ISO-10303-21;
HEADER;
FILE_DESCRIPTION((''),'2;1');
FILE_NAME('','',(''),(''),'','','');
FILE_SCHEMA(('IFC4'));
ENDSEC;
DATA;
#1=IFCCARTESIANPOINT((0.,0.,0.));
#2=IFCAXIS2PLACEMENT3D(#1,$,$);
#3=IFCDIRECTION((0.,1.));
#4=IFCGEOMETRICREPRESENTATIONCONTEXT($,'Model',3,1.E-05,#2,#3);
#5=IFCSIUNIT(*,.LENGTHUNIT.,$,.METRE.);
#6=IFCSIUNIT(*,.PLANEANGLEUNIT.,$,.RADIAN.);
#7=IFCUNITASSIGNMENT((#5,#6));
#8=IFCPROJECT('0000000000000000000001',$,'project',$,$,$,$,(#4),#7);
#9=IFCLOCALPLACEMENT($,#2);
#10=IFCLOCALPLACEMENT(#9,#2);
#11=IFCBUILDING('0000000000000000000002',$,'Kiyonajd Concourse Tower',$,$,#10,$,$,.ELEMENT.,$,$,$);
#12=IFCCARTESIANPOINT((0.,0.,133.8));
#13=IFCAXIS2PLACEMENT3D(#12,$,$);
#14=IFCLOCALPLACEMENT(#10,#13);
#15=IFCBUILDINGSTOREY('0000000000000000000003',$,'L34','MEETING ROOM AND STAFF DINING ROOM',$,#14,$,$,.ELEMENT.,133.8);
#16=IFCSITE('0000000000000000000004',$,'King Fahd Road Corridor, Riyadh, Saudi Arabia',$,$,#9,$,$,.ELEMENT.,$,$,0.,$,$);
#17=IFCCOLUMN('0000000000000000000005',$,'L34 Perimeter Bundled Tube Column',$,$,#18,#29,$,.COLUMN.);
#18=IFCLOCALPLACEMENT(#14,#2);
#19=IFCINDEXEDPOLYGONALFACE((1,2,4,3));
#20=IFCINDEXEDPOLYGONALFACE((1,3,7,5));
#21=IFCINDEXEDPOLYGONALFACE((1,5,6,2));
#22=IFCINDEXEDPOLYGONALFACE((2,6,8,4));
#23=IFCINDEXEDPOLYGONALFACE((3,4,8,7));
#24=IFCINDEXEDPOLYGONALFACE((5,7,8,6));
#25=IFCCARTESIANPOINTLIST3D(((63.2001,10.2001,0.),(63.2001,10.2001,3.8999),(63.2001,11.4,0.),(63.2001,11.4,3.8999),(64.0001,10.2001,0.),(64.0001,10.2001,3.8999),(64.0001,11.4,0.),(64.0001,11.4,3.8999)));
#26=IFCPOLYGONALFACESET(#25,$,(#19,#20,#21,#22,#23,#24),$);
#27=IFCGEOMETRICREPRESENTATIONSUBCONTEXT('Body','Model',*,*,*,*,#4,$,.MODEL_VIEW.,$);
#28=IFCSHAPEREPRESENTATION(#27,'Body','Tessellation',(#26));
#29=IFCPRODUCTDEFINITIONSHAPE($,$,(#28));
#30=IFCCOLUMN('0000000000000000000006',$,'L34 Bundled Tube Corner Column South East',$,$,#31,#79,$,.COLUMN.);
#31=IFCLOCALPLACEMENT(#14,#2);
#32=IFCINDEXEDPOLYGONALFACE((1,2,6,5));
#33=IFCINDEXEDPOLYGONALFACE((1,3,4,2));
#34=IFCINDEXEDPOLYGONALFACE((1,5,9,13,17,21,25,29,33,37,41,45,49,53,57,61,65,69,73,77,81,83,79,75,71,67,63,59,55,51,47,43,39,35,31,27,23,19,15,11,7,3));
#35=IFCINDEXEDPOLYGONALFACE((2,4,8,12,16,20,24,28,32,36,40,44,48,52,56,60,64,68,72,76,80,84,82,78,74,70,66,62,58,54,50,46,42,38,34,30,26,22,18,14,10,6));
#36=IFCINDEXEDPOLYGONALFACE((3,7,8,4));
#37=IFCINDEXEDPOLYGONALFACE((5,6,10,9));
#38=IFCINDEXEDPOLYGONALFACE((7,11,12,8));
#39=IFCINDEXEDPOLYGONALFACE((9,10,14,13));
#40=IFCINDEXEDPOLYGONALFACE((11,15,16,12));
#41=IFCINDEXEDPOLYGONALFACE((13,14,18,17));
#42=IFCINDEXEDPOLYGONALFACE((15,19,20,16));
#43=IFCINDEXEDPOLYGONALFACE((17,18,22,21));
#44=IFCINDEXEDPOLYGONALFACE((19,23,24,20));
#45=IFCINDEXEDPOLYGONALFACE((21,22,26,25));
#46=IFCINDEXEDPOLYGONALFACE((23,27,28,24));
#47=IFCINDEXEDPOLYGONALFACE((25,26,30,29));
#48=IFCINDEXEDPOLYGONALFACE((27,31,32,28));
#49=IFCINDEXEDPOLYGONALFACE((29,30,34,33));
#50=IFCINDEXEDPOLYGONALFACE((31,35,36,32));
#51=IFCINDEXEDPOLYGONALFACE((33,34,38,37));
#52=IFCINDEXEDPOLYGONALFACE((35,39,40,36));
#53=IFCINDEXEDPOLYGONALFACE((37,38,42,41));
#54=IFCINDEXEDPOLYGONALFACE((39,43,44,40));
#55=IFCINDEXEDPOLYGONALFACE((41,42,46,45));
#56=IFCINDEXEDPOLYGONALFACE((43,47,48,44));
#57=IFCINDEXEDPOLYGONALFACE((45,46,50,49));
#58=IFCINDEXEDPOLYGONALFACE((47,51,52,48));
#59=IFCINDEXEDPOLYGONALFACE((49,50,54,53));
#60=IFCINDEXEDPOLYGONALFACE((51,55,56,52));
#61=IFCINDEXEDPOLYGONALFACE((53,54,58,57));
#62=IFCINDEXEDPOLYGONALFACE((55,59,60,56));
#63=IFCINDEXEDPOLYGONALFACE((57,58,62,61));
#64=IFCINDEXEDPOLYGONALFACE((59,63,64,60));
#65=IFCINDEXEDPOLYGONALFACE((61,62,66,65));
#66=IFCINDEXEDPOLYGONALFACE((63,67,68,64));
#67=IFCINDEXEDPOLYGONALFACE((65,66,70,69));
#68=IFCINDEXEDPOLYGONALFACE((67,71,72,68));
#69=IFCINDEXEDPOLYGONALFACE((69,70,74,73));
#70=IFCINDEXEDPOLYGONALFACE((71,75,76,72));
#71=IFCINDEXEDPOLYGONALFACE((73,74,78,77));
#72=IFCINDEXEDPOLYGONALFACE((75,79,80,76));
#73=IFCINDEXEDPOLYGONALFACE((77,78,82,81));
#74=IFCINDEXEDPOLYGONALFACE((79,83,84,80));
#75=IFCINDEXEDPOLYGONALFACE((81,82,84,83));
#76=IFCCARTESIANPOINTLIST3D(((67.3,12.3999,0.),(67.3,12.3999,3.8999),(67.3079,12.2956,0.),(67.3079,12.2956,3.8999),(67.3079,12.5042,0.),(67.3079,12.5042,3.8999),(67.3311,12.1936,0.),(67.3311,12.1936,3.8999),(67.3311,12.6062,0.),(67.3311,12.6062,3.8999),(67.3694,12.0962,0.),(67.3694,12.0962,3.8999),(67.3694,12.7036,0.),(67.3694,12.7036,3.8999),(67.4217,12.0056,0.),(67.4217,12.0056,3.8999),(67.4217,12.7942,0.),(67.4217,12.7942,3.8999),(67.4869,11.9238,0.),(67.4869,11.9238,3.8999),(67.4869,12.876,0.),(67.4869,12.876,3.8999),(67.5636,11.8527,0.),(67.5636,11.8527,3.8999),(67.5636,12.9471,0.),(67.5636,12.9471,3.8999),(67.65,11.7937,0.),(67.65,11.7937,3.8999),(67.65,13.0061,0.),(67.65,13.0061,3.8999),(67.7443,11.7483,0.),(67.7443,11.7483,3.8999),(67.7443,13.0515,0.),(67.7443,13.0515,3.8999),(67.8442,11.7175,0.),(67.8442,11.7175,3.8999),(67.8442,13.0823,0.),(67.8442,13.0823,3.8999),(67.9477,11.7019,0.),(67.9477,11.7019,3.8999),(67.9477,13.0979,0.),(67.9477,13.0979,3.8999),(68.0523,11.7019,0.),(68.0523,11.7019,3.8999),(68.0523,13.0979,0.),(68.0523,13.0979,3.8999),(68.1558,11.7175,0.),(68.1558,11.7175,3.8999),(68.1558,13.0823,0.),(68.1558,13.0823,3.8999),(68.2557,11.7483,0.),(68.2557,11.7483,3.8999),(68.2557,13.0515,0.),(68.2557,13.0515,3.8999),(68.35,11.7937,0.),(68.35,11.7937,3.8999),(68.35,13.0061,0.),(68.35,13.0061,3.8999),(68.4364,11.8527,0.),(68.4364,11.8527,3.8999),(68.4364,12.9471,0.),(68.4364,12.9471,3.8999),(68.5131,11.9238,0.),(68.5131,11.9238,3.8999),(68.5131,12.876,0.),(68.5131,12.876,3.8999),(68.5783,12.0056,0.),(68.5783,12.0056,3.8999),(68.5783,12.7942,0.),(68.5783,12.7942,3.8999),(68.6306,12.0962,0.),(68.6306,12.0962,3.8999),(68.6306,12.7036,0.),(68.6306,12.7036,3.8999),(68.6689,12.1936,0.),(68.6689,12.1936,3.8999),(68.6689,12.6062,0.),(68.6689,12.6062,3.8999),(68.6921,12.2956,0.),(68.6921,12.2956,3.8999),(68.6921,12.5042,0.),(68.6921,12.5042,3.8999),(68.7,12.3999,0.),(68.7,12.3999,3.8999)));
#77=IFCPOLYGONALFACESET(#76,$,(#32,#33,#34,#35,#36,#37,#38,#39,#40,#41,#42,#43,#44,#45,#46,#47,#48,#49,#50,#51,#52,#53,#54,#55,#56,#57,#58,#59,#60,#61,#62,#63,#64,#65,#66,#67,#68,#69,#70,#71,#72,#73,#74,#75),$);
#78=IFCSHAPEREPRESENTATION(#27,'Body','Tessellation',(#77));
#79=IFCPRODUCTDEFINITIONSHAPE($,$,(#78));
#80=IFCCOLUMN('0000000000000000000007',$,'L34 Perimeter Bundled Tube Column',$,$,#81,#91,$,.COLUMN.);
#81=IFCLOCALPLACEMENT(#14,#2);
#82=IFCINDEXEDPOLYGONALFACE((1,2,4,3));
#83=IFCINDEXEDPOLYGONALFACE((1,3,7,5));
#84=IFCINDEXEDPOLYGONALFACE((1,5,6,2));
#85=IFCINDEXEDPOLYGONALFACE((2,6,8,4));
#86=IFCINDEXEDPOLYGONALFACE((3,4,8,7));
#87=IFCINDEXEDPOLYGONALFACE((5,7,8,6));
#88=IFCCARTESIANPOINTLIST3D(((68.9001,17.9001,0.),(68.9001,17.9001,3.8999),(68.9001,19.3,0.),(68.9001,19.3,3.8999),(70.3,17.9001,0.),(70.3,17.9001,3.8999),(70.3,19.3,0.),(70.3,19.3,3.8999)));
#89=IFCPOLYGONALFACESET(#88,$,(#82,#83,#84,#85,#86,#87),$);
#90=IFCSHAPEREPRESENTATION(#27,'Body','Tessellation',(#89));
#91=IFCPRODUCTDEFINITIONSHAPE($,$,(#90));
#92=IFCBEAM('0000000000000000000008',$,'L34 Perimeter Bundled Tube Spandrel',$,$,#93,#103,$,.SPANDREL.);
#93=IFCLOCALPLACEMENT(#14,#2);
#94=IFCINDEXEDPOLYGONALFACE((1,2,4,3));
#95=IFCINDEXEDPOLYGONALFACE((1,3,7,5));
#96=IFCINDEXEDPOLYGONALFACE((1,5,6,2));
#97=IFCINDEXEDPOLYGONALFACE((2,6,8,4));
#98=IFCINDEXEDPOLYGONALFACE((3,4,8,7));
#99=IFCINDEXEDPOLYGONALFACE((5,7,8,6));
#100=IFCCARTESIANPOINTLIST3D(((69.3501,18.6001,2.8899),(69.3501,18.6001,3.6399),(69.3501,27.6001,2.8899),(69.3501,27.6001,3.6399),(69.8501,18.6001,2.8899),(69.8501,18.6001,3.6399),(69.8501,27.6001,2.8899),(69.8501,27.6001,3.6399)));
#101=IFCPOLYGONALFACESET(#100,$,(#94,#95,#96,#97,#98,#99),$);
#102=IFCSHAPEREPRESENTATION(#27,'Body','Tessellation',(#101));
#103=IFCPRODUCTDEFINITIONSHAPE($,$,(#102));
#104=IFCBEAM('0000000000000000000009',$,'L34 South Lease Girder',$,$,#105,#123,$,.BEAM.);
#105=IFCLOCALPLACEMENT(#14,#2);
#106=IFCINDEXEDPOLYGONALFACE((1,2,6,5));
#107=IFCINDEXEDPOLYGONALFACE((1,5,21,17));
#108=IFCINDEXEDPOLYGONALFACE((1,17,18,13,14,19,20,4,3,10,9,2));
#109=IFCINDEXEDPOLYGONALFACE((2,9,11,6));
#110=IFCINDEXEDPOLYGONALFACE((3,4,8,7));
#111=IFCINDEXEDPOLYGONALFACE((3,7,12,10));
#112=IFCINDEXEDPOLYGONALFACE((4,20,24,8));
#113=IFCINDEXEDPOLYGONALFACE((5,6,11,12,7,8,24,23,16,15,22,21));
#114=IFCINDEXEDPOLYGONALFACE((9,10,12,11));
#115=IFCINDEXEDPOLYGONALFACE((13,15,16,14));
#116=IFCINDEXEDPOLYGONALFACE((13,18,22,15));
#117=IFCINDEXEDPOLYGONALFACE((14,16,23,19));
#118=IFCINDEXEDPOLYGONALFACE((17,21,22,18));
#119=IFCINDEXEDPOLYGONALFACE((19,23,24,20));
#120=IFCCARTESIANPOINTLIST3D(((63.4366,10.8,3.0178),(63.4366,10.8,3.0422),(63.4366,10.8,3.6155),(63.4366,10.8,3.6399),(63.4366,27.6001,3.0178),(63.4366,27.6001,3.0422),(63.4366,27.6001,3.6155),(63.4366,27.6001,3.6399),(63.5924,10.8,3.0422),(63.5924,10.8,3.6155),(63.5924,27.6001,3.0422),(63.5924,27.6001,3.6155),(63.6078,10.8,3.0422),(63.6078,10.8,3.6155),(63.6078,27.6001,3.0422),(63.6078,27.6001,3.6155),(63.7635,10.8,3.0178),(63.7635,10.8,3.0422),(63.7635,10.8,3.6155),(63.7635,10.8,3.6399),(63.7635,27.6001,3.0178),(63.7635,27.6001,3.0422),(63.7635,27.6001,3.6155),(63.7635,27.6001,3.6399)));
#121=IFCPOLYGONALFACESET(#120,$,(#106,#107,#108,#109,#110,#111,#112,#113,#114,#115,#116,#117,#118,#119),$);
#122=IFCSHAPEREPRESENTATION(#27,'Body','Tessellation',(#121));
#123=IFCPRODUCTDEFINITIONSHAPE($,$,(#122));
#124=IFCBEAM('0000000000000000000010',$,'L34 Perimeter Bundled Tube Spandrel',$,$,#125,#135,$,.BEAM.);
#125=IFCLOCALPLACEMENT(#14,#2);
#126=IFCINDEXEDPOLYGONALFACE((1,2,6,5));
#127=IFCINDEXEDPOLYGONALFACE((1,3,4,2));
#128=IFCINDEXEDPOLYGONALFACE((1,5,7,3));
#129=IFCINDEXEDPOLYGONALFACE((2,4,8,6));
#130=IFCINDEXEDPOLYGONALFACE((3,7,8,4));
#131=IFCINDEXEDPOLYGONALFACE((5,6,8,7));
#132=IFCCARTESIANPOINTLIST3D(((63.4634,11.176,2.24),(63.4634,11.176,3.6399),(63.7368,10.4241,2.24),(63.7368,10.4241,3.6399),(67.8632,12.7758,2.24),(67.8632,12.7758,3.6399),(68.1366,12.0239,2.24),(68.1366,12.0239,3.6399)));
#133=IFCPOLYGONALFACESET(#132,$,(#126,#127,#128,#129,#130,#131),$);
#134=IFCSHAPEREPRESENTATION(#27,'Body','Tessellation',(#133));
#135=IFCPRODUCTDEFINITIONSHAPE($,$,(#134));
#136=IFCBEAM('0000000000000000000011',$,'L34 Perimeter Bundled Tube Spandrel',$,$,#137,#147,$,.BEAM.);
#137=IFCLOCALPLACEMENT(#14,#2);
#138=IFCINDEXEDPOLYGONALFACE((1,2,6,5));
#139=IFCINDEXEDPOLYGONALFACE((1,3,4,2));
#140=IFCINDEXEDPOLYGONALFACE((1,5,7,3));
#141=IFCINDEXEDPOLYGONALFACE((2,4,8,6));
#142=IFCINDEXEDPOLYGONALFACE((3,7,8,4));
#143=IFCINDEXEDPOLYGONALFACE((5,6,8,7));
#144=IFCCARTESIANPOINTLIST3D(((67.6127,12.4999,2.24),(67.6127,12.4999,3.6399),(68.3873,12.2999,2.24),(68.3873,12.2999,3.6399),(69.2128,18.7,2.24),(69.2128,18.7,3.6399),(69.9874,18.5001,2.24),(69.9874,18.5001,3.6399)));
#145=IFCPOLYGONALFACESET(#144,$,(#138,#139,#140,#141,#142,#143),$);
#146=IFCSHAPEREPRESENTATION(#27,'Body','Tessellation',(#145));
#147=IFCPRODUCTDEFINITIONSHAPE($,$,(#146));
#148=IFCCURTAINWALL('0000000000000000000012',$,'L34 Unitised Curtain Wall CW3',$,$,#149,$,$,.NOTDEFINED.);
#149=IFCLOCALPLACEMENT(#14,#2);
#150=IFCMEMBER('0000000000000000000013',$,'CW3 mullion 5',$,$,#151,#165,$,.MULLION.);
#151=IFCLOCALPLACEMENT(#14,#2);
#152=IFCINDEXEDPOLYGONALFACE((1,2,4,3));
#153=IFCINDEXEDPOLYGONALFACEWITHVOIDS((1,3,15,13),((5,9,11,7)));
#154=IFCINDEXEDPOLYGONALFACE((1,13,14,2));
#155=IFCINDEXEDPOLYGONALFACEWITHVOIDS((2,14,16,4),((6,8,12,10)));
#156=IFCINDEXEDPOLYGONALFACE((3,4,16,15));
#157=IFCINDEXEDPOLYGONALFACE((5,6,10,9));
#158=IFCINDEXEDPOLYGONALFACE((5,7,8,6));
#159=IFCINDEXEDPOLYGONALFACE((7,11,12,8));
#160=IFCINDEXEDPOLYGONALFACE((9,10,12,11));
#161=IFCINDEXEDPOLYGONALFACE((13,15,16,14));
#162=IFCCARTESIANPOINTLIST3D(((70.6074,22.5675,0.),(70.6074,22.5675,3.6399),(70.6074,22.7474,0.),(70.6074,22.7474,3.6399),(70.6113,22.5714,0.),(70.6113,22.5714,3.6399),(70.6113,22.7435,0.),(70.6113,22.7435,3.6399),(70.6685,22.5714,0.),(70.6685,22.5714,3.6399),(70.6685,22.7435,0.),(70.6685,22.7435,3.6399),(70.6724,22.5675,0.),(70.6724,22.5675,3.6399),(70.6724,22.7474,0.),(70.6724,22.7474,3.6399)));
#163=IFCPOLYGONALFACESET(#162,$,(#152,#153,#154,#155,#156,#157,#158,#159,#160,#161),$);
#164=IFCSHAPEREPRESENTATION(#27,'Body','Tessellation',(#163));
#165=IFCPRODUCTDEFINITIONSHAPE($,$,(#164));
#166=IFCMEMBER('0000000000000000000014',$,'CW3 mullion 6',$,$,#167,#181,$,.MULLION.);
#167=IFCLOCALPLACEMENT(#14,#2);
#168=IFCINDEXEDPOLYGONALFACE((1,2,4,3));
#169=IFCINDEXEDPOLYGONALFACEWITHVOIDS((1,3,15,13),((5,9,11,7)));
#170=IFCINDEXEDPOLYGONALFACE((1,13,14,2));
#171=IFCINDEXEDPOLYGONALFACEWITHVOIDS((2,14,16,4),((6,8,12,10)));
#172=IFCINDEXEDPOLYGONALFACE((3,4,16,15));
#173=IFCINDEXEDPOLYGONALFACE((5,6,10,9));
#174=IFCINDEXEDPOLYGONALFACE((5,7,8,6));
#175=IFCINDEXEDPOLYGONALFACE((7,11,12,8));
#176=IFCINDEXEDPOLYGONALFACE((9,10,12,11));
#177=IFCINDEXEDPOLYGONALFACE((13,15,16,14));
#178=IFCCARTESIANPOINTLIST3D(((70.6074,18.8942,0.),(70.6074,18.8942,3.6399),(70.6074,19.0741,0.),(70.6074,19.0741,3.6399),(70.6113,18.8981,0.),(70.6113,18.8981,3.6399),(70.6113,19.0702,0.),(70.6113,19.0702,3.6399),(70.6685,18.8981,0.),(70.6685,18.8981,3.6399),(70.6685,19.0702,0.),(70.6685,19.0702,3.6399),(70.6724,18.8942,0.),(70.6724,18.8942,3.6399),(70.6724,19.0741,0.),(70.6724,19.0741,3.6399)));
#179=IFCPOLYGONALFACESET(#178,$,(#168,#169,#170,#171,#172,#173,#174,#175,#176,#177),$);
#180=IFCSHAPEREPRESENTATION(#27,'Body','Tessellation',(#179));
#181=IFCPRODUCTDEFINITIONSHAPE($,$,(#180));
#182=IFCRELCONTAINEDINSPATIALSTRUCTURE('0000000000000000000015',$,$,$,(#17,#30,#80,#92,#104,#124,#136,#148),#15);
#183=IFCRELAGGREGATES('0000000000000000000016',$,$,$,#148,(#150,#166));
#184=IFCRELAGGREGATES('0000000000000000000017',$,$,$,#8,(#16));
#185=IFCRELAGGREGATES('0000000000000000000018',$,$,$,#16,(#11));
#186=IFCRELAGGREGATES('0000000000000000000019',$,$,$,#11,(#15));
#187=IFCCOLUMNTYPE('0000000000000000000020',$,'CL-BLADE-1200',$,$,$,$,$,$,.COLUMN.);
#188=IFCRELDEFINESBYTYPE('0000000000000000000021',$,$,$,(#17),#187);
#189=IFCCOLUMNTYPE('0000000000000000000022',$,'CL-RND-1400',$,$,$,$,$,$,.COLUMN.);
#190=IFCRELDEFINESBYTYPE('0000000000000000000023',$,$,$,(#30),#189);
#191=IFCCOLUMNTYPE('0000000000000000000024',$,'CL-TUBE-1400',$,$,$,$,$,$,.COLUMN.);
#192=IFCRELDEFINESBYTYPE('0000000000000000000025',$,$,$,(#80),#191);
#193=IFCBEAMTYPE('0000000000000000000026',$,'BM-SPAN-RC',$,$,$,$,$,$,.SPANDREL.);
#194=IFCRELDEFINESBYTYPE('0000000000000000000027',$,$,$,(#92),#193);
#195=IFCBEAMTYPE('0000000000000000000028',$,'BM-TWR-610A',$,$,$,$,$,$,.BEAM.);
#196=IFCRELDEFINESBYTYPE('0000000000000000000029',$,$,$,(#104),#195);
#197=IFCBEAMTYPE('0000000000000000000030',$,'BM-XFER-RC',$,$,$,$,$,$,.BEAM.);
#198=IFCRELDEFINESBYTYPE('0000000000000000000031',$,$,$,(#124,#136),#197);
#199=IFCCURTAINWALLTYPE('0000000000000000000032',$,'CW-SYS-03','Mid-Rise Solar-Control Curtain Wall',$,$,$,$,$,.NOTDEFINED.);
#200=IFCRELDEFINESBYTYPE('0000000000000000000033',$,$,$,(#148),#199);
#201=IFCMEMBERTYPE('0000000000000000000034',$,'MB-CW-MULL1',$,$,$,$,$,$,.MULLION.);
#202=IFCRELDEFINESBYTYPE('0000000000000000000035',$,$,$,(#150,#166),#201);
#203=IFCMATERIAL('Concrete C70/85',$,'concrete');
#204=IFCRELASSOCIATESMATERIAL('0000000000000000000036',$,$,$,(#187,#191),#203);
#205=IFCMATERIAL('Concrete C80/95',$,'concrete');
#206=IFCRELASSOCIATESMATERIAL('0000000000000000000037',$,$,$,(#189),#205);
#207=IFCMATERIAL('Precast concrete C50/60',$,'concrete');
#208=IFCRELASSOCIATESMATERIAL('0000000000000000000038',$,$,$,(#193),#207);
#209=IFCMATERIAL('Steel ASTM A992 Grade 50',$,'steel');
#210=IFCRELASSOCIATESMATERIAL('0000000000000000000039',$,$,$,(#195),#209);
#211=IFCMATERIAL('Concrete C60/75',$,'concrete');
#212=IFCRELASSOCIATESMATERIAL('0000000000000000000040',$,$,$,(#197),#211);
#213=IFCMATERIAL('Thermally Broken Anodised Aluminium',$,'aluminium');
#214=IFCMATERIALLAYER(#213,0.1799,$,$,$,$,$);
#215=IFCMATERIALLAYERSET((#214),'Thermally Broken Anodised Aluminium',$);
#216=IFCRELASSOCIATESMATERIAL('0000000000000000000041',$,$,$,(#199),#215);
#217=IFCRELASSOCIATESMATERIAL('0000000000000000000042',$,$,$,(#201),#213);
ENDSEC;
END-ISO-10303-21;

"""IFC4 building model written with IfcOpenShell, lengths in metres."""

from ifc_helpers import new_model, si_unit, direction, frame, origin, origin_2d, place, context, subcontext, project, spatial, rectangle, hollow_rectangle, circle, i_section, extrude, material, layer, layer_set, material_profile, profile_set, type_object, element, aggregate, save


model = new_model("IFC4")

# Units and contexts
model_context = context("Model", 3, precision=1e-05, world=origin(), true_north=direction((0.0, 1.0)))
body_context = subcontext(model_context, "Body", "Model", "MODEL_VIEW")
ifc_project = project(units=[si_unit("LENGTHUNIT", "METRE"), si_unit("PLANEANGLEUNIT", "RADIAN")], contexts=[model_context])

# Site, building, storey
site_placement = place(None, origin())
site = spatial("IfcSite", under=ifc_project, at=site_placement, Name="King Fahd Road Corridor, Riyadh, Saudi Arabia", CompositionType="ELEMENT", RefElevation=0.0)
building_placement = place(site_placement, origin())
building = spatial("IfcBuilding", under=site, at=building_placement, Name="Kiyonajd Concourse Tower", CompositionType="ELEMENT")
storey_placement = place(building_placement, frame((0.0, 0.0, 133.8)))
storey = spatial("IfcBuildingStorey", under=building, at=storey_placement, Name="L34", Description="MEETING ROOM AND STAFF DINING ROOM", CompositionType="ELEMENT", Elevation=133.8)

# Columns
ifc_material_1 = material(Name="Concrete C70/85", Category="concrete")
ifc_material_profile_1 = material_profile(ifc_material_1, rectangle(XDim=0.8, YDim=1.2, at=origin_2d()), Name="RC-1200x800")
ifc_profile_set_1 = profile_set([ifc_material_profile_1], Name="Concrete C70/85")
column_type_1 = type_object("IfcColumnType", Name="CL-BLADE-1200", PredefinedType="COLUMN", material=ifc_profile_set_1)
column_1_placement = place(storey_placement, frame((63.6001, 10.8, 0.0), z_axis=(0.0, 0.0, 1.0), x_axis=(1.0, 0.0, 0.0)))
element("IfcColumn", 1, at=column_1_placement, inside=storey, type_object=column_type_1, Name="L34 Perimeter Bundled Tube Column", PredefinedType="COLUMN", context=body_context, shape_type="SweptSolid", body=[
    extrude(rectangle(XDim=0.8, YDim=1.2, at=origin_2d()), origin(), (0.0, 0.0, 1.0), 3.8999),
])
ifc_material_2 = material(Name="Concrete C80/95", Category="concrete")
ifc_material_profile_2 = material_profile(ifc_material_2, circle(Radius=0.7, at=origin_2d()), Name="RCC-D1400")
ifc_profile_set_2 = profile_set([ifc_material_profile_2], Name="Concrete C80/95")
column_type_2 = type_object("IfcColumnType", Name="CL-RND-1400", PredefinedType="COLUMN", material=ifc_profile_set_2)
column_2_placement = place(storey_placement, frame((68.0, 12.3999, 0.0), z_axis=(0.0, 0.0, 1.0), x_axis=(1.0, 0.0, 0.0)))
element("IfcColumn", 2, at=column_2_placement, inside=storey, type_object=column_type_2, Name="L34 Bundled Tube Corner Column South East", PredefinedType="COLUMN", context=body_context, shape_type="SweptSolid", body=[
    extrude(circle(Radius=0.7, at=origin_2d()), origin(), (0.0, 0.0, 1.0), 3.8999),
])
ifc_material_profile_3 = material_profile(ifc_material_1, rectangle(XDim=1.3999, YDim=1.3999, at=origin_2d()), Name="RC-1400x1400")
ifc_profile_set_3 = profile_set([ifc_material_profile_3], Name="Concrete C70/85")
column_type_3 = type_object("IfcColumnType", Name="CL-TUBE-1400", PredefinedType="COLUMN", material=ifc_profile_set_3)
column_3_placement = place(storey_placement, frame((69.6001, 18.6001, 0.0), z_axis=(0.0, 0.0, 1.0), x_axis=(1.0, 0.0, 0.0)))
element("IfcColumn", 3, at=column_3_placement, inside=storey, type_object=column_type_3, Name="L34 Perimeter Bundled Tube Column", PredefinedType="COLUMN", context=body_context, shape_type="SweptSolid", body=[
    extrude(rectangle(XDim=1.3999, YDim=1.3999, at=origin_2d()), origin(), (0.0, 0.0, 1.0), 3.8999),
])

# Beams
ifc_material_3 = material(Name="Precast concrete C50/60", Category="concrete")
ifc_material_profile_4 = material_profile(ifc_material_3, rectangle(XDim=0.5, YDim=0.75, at=origin_2d()), Name="RCBM-500x750")
ifc_profile_set_4 = profile_set([ifc_material_profile_4], Name="Precast concrete C50/60")
beam_type_1 = type_object("IfcBeamType", Name="BM-SPAN-RC", PredefinedType="SPANDREL", material=ifc_profile_set_4)
beam_1_placement = place(storey_placement, frame((69.6001, 18.6001, 3.2649), z_axis=(0.0, 1.0, 0.0), x_axis=(-1.0, 0.0, 0.0)))
element("IfcBeam", 4, at=beam_1_placement, inside=storey, type_object=beam_type_1, Name="L34 Perimeter Bundled Tube Spandrel", PredefinedType="SPANDREL", context=body_context, shape_type="SweptSolid", body=[
    extrude(rectangle(XDim=0.5, YDim=0.75, at=origin_2d()), origin(), (0.0, 0.0, 1.0), 9.0),
])
ifc_material_4 = material(Name="Steel ASTM A992 Grade 50", Category="steel")
ifc_material_profile_5 = material_profile(ifc_material_4, i_section(OverallWidth=0.3269, OverallDepth=0.6221, WebThickness=0.0154, FlangeThickness=0.0244, at=origin_2d()), Name="W610X195")
ifc_profile_set_5 = profile_set([ifc_material_profile_5], Name="Steel ASTM A992 Grade 50")
beam_type_2 = type_object("IfcBeamType", Name="BM-TWR-610A", PredefinedType="BEAM", material=ifc_profile_set_5)
beam_2_placement = place(storey_placement, frame((63.6001, 10.8, 3.3289), z_axis=(0.0, 1.0, 0.0), x_axis=(-1.0, 0.0, 0.0)))
element("IfcBeam", 5, at=beam_2_placement, inside=storey, type_object=beam_type_2, Name="L34 South Lease Girder", PredefinedType="BEAM", context=body_context, shape_type="SweptSolid", body=[
    extrude(i_section(OverallWidth=0.3269, OverallDepth=0.6221, WebThickness=0.0154, FlangeThickness=0.0244, at=origin_2d()), origin(), (0.0, 0.0, 1.0), 16.8),
])
ifc_material_5 = material(Name="Concrete C60/75", Category="concrete")
ifc_material_profile_6 = material_profile(ifc_material_5, rectangle(XDim=0.8, YDim=1.3999, at=origin_2d()), Name="RCBM-800x1400")
ifc_profile_set_6 = profile_set([ifc_material_profile_6], Name="Concrete C60/75")
beam_type_3 = type_object("IfcBeamType", Name="BM-XFER-RC", PredefinedType="BEAM", material=ifc_profile_set_6)
beam_3_placement = place(storey_placement, frame((63.6001, 10.8, 2.9399), z_axis=(0.939801, 0.341722, 0.0), x_axis=(-0.341722, 0.939801, 0.0)))
element("IfcBeam", 6, at=beam_3_placement, inside=storey, type_object=beam_type_3, Name="L34 Perimeter Bundled Tube Spandrel", PredefinedType="BEAM", context=body_context, shape_type="SweptSolid", body=[
    extrude(rectangle(XDim=0.8, YDim=1.3999, at=origin_2d()), origin(), (0.0, 0.0, 1.0), 4.6816),
])
beam_4_placement = place(storey_placement, frame((68.0, 12.3999, 2.9399), z_axis=(0.249885, 0.968276, 0.0), x_axis=(-0.968276, 0.249885, 0.0)))
element("IfcBeam", 7, at=beam_4_placement, inside=storey, type_object=beam_type_3, Name="L34 Perimeter Bundled Tube Spandrel", PredefinedType="BEAM", context=body_context, shape_type="SweptSolid", body=[
    extrude(rectangle(XDim=0.8, YDim=1.3999, at=origin_2d()), origin(), (0.0, 0.0, 1.0), 6.4033),
])

# Curtain wall, members
ifc_material_6 = material(Name="Thermally Broken Anodised Aluminium", Category="aluminium")
ifc_layer_1 = layer(ifc_material_6, 0.1799)
ifc_layer_set_1 = layer_set([ifc_layer_1], Name="Thermally Broken Anodised Aluminium")
curtain_wall_type = type_object("IfcCurtainWallType", Name="CW-SYS-03", Description="Mid-Rise Solar-Control Curtain Wall", PredefinedType="NOTDEFINED", material=ifc_layer_set_1)
curtain_wall_placement = place(storey_placement, origin())
curtain_wall = element("IfcCurtainWall", 8, at=curtain_wall_placement, inside=storey, type_object=curtain_wall_type, Name="L34 Unitised Curtain Wall CW3", PredefinedType="NOTDEFINED")
ifc_material_profile_7 = material_profile(ifc_material_6, hollow_rectangle(XDim=0.0649, YDim=0.1799, WallThickness=0.0039, at=origin_2d()), Name="MULL-65x180")
ifc_profile_set_7 = profile_set([ifc_material_profile_7], Name="Thermally Broken Anodised Aluminium")
member_type_1 = type_object("IfcMemberType", Name="MB-CW-MULL1", PredefinedType="MULLION", material=ifc_profile_set_7)
member_1_placement = place(storey_placement, frame((70.6399, 22.6575, 0.0), z_axis=(0.0, 0.0, 1.0), x_axis=(1.0, 0.0, 0.0)))
member_1 = element("IfcMember", 9, at=member_1_placement, type_object=member_type_1, Name="CW3 mullion 5", PredefinedType="MULLION", context=body_context, shape_type="SweptSolid", body=[
    extrude(hollow_rectangle(XDim=0.0649, YDim=0.1799, WallThickness=0.0039, at=origin_2d()), origin(), (0.0, 0.0, 1.0), 3.6399),
])
member_2_placement = place(storey_placement, frame((70.6399, 18.9841, 0.0), z_axis=(0.0, 0.0, 1.0), x_axis=(1.0, 0.0, 0.0)))
member_2 = element("IfcMember", 10, at=member_2_placement, type_object=member_type_1, Name="CW3 mullion 6", PredefinedType="MULLION", context=body_context, shape_type="SweptSolid", body=[
    extrude(hollow_rectangle(XDim=0.0649, YDim=0.1799, WallThickness=0.0039, at=origin_2d()), origin(), (0.0, 0.0, 1.0), 3.6399),
])
aggregate(curtain_wall, [member_1, member_2])

save(model, "model.ifc")
